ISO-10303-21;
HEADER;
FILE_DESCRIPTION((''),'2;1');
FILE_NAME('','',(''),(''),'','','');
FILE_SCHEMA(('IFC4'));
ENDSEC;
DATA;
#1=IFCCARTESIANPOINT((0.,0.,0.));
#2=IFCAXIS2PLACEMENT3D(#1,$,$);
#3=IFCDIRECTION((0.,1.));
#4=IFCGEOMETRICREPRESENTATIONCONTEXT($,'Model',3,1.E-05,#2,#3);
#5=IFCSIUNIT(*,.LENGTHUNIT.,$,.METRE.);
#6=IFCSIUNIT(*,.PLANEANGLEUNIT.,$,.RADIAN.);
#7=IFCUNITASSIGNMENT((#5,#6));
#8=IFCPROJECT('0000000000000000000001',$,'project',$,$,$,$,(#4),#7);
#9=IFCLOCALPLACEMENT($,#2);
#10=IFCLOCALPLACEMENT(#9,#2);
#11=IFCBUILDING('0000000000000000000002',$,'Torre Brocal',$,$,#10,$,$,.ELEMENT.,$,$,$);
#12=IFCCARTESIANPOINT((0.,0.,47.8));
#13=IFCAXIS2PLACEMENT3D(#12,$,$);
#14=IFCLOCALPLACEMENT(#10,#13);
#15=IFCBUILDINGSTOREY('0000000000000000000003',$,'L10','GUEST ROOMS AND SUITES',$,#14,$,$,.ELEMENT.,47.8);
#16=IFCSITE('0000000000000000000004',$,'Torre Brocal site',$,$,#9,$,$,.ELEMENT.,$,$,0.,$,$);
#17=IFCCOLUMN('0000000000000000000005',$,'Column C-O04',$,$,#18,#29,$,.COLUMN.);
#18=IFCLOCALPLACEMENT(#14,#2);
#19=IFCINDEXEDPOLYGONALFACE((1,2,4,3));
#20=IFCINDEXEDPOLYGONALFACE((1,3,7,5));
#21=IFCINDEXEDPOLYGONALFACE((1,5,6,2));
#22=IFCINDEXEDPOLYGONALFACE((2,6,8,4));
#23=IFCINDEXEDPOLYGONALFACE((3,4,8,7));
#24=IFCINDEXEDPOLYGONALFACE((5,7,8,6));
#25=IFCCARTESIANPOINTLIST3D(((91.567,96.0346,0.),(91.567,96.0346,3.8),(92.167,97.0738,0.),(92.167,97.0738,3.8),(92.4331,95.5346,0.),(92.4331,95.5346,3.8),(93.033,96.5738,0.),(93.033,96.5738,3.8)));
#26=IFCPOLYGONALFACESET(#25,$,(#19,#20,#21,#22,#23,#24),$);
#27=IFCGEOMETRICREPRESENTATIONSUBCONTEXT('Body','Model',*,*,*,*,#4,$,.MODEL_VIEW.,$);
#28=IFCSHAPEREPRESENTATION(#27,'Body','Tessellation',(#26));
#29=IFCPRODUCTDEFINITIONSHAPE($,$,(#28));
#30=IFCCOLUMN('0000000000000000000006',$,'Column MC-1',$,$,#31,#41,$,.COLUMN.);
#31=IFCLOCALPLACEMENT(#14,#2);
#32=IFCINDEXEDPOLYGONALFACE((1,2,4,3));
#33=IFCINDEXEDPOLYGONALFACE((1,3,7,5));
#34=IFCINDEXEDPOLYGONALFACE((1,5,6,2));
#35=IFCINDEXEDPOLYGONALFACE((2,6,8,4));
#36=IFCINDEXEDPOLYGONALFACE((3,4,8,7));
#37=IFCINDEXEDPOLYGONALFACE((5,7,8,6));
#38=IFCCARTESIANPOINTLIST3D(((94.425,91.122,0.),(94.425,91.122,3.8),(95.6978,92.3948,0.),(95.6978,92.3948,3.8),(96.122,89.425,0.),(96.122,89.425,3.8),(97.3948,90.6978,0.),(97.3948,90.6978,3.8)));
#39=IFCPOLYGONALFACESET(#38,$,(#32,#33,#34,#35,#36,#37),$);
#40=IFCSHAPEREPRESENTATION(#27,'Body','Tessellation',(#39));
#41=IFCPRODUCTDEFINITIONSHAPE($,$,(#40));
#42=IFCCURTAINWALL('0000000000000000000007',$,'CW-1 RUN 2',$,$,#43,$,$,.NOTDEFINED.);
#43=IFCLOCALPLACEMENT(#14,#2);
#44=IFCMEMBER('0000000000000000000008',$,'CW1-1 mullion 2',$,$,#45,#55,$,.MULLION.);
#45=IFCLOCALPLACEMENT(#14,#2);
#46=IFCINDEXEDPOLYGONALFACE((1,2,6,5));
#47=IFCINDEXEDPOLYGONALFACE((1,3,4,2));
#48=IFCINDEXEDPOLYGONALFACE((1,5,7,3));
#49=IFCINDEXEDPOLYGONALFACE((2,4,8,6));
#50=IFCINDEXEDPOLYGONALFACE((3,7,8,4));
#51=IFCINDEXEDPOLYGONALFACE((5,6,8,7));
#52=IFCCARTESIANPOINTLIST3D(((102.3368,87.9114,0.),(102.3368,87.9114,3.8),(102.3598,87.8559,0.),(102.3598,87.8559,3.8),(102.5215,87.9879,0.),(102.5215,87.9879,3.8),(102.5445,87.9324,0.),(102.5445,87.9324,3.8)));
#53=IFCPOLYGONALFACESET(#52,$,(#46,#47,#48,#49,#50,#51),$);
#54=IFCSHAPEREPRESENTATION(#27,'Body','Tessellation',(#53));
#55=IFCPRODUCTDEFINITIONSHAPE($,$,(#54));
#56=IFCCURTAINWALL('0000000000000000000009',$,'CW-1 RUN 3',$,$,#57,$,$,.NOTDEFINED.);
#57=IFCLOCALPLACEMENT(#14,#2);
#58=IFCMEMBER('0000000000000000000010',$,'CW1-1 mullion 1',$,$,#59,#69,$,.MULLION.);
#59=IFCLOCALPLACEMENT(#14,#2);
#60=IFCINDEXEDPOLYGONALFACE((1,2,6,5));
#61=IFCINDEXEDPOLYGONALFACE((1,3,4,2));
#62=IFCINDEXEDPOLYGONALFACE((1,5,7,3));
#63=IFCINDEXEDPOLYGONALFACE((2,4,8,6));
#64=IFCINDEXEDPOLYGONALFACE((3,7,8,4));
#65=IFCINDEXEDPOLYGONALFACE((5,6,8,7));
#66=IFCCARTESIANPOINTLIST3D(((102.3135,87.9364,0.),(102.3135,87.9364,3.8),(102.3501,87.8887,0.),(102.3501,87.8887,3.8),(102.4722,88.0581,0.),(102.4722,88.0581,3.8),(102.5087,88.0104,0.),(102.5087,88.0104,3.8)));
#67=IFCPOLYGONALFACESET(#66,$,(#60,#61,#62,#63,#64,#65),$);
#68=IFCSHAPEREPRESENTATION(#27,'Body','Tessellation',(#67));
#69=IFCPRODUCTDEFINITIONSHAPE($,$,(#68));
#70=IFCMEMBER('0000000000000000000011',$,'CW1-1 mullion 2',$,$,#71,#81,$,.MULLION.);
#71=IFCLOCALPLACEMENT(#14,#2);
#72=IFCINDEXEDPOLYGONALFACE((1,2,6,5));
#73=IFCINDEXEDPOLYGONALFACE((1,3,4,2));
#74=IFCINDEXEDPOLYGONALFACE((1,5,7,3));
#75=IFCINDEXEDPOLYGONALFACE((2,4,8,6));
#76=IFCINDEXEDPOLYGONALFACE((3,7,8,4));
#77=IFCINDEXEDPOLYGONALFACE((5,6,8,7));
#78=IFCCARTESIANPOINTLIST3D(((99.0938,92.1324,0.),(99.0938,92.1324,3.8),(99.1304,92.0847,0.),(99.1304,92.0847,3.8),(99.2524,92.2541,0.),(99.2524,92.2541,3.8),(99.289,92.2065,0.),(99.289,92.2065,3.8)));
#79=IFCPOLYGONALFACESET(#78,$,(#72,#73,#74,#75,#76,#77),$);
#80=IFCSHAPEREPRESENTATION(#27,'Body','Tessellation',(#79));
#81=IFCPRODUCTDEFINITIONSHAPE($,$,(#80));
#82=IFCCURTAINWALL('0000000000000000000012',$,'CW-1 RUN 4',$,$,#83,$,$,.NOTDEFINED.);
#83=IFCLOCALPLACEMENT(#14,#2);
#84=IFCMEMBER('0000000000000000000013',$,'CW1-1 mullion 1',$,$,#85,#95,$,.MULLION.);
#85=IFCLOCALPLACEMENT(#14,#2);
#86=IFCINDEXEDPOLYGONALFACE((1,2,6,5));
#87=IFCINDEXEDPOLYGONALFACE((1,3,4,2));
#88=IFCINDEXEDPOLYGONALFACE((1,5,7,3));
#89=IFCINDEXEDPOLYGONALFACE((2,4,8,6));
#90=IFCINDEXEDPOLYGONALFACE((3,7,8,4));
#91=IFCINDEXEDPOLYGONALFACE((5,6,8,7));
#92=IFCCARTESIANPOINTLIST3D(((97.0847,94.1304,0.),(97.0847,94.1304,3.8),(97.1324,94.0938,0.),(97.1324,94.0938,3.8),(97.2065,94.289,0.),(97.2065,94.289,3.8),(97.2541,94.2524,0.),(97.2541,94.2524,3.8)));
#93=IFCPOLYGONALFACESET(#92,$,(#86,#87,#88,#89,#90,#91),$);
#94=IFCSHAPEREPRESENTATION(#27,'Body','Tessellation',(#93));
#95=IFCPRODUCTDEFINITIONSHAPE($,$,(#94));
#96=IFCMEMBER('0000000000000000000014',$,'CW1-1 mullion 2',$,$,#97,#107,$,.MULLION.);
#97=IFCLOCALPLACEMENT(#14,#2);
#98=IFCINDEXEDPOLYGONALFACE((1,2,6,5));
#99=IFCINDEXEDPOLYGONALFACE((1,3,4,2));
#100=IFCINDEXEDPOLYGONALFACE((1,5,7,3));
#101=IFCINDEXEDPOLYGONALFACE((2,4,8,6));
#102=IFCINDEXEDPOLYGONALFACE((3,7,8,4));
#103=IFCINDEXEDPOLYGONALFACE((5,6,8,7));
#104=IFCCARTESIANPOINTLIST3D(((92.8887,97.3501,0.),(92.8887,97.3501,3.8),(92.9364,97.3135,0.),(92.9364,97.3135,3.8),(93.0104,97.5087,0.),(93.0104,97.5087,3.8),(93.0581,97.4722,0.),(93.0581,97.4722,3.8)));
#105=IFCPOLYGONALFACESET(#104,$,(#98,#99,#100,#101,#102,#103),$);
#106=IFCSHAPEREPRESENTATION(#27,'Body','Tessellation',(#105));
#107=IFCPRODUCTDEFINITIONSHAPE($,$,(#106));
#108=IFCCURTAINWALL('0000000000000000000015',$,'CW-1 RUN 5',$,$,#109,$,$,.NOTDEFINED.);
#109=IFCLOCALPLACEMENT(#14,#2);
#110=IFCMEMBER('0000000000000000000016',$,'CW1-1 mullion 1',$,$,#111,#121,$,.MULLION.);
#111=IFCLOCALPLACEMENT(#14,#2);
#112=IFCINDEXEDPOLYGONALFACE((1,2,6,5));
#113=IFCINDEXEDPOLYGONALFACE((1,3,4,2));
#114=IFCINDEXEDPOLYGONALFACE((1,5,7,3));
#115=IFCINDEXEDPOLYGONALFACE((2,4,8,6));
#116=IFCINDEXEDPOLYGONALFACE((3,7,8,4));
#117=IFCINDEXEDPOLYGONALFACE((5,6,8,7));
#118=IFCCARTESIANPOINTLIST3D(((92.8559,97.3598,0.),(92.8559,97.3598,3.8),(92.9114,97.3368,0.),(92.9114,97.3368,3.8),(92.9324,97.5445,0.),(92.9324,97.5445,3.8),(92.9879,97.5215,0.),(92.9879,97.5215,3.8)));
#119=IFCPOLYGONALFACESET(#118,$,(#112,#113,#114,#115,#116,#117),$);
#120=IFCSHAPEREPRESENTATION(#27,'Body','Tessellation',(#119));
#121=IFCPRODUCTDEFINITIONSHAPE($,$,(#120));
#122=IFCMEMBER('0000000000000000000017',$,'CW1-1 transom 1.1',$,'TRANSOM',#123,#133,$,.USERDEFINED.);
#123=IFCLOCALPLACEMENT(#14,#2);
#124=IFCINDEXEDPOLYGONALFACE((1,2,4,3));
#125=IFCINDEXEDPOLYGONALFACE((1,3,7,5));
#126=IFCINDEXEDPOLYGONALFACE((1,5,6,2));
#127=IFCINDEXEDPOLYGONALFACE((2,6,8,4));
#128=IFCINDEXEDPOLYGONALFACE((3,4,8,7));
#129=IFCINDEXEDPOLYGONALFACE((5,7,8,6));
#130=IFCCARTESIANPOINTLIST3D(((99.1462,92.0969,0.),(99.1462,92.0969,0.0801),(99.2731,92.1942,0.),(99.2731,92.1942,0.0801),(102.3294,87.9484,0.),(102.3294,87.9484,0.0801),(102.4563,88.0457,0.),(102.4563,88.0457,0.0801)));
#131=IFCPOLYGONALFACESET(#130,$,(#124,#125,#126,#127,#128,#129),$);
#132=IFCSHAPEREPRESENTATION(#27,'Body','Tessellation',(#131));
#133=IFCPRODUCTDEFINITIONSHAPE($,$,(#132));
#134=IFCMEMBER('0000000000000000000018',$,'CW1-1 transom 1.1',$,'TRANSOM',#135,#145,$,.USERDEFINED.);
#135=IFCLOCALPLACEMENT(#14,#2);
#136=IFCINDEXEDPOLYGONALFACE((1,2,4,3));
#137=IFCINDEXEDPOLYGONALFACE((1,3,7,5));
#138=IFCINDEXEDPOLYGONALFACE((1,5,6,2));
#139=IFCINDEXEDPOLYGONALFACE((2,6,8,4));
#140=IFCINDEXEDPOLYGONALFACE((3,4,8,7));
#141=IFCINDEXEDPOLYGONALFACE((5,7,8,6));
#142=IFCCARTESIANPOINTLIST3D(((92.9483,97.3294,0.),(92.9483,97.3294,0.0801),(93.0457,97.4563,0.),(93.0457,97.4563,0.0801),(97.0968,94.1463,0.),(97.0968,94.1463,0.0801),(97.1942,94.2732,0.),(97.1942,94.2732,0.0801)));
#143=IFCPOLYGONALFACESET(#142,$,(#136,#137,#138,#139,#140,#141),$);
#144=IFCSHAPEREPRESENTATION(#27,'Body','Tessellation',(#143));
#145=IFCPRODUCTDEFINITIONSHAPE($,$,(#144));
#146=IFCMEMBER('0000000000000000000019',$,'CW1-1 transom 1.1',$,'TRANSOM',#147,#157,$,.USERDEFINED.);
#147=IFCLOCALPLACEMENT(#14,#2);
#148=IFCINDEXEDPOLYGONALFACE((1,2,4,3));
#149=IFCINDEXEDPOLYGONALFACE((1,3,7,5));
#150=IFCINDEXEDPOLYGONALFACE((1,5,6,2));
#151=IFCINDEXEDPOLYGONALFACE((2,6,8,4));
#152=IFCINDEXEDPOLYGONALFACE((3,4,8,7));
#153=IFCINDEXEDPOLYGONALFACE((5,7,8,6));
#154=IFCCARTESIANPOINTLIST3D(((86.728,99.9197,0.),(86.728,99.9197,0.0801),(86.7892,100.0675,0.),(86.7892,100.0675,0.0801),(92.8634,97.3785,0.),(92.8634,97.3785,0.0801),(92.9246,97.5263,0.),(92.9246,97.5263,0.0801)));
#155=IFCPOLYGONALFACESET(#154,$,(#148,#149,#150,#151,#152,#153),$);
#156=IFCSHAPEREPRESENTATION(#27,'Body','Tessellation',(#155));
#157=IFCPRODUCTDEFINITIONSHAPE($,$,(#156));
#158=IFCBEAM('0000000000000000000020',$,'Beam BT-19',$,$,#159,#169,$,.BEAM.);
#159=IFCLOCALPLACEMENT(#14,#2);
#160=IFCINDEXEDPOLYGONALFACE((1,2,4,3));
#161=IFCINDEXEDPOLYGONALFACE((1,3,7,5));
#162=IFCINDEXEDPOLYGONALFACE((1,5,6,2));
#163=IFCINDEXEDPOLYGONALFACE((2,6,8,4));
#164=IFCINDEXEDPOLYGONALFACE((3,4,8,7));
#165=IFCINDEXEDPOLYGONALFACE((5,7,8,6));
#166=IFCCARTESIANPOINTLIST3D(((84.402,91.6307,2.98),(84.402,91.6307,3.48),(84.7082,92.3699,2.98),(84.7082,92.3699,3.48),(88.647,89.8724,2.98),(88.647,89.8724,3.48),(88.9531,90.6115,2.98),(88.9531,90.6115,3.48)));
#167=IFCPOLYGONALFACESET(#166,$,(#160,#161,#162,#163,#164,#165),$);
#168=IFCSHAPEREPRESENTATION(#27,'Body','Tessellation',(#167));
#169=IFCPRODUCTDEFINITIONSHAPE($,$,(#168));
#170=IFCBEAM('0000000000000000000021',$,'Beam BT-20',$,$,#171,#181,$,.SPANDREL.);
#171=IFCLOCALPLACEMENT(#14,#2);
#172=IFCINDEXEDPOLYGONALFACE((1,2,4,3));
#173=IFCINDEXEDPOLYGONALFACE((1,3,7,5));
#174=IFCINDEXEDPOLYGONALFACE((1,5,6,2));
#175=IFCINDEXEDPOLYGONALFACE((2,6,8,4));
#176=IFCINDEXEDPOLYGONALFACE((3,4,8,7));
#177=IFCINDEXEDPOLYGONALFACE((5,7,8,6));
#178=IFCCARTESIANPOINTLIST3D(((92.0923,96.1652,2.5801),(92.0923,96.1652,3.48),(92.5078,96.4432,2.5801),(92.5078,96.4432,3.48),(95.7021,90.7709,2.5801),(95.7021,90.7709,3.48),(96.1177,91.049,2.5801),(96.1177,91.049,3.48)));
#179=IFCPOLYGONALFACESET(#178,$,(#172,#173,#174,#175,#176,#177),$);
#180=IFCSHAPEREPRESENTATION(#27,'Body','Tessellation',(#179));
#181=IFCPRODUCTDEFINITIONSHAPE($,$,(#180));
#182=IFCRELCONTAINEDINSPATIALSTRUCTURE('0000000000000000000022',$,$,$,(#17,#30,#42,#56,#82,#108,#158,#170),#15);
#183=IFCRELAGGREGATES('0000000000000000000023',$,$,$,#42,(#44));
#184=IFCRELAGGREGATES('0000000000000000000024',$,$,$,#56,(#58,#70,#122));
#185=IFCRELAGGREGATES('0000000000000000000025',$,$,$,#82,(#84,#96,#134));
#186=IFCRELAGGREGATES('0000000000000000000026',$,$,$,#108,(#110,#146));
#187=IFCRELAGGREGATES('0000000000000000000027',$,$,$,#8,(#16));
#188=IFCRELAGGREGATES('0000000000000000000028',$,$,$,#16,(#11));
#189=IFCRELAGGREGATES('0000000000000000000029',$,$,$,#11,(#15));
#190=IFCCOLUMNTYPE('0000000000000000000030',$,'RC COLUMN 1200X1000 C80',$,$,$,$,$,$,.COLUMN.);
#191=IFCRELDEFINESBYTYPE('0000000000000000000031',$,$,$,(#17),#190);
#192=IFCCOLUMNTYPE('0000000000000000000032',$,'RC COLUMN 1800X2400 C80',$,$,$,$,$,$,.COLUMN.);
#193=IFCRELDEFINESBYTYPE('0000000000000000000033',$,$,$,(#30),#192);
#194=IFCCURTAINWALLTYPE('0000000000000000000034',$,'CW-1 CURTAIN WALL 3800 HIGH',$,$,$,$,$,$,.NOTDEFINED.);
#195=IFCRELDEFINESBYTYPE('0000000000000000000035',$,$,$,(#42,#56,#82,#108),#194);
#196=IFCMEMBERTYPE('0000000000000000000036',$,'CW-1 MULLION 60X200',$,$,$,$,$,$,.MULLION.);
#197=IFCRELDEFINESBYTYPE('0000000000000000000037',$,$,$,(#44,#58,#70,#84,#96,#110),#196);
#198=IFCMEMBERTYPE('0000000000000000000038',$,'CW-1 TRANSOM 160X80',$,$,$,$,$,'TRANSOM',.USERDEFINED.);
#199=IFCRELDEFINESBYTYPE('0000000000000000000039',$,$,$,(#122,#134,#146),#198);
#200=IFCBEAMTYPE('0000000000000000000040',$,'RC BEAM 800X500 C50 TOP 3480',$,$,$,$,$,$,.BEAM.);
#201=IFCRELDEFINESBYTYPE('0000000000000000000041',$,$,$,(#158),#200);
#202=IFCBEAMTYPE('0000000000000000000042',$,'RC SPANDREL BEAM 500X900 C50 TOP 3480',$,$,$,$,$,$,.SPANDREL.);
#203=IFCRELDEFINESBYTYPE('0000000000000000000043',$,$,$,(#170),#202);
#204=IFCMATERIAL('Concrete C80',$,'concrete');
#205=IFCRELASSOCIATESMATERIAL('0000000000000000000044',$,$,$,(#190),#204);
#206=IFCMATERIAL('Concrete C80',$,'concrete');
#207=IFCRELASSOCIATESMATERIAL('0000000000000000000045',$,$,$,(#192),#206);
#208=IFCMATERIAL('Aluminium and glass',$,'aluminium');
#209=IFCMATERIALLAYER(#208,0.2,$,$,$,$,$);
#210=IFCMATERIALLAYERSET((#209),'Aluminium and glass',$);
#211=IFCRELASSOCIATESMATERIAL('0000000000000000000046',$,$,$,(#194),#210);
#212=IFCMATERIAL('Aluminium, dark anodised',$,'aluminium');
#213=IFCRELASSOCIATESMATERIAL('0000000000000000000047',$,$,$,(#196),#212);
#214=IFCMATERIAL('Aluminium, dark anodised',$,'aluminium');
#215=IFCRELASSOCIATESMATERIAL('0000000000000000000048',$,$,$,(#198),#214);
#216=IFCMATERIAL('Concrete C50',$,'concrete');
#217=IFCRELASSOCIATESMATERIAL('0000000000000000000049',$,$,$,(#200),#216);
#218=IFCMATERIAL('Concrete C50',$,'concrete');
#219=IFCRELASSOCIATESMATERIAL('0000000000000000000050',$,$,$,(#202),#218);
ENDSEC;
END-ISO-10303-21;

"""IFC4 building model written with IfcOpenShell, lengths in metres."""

from ifc_helpers import new_model, si_unit, direction, frame, origin, origin_2d, place, context, subcontext, project, spatial, rectangle, extrude, material, layer, layer_set, material_profile, profile_set, type_object, element, aggregate, save


model = new_model("IFC4")

# Units and contexts
model_context = context("Model", 3, precision=1e-05, world=origin(), true_north=direction((0.0, 1.0)))
body_context = subcontext(model_context, "Body", "Model", "MODEL_VIEW")
ifc_project = project(units=[si_unit("LENGTHUNIT", "METRE"), si_unit("PLANEANGLEUNIT", "RADIAN")], contexts=[model_context])

# Site, building, storey
site_placement = place(None, origin())
site = spatial("IfcSite", under=ifc_project, at=site_placement, Name="Torre Brocal site", CompositionType="ELEMENT", RefElevation=0.0)
building_placement = place(site_placement, origin())
building = spatial("IfcBuilding", under=site, at=building_placement, Name="Torre Brocal", CompositionType="ELEMENT")
storey_placement = place(building_placement, frame((0.0, 0.0, 47.8)))
storey = spatial("IfcBuildingStorey", under=building, at=storey_placement, Name="L10", Description="GUEST ROOMS AND SUITES", CompositionType="ELEMENT", Elevation=47.8)

# Columns
ifc_material_1 = material(Name="Concrete C80", Category="concrete")
ifc_material_profile_1 = material_profile(ifc_material_1, rectangle(XDim=1.2, YDim=1.0, at=origin_2d()), Name="RC 1200X1000")
ifc_profile_set_1 = profile_set([ifc_material_profile_1], Name="Concrete C80")
column_type_1 = type_object("IfcColumnType", Name="RC COLUMN 1200X1000 C80", PredefinedType="COLUMN", material=ifc_profile_set_1)
column_1_placement = place(storey_placement, frame((92.3, 96.3042, 0.0), z_axis=(0.0, 0.0, 1.0), x_axis=(0.5, 0.866025, 0.0)))
element("IfcColumn", 1, at=column_1_placement, inside=storey, type_object=column_type_1, Name="Column C-O04", PredefinedType="COLUMN", context=body_context, shape_type="SweptSolid", body=[
    extrude(rectangle(XDim=1.2, YDim=1.0, at=origin_2d()), origin(), (0.0, 0.0, 1.0), 3.8),
])
ifc_material_2 = material(Name="Concrete C80", Category="concrete")
ifc_material_profile_2 = material_profile(ifc_material_2, rectangle(XDim=1.8, YDim=2.3999, at=origin_2d()), Name="RC 1800X2400")
ifc_profile_set_2 = profile_set([ifc_material_profile_2], Name="Concrete C80")
column_type_2 = type_object("IfcColumnType", Name="RC COLUMN 1800X2400 C80", PredefinedType="COLUMN", material=ifc_profile_set_2)
column_2_placement = place(storey_placement, frame((95.9099, 90.9099, 0.0), z_axis=(0.0, 0.0, 1.0), x_axis=(0.707107, 0.707107, 0.0)))
element("IfcColumn", 2, at=column_2_placement, inside=storey, type_object=column_type_2, Name="Column MC-1", PredefinedType="COLUMN", context=body_context, shape_type="SweptSolid", body=[
    extrude(rectangle(XDim=1.8, YDim=2.3999, at=origin_2d()), origin(), (0.0, 0.0, 1.0), 3.8),
])

# Curtain wall, member
ifc_material_3 = material(Name="Aluminium and glass", Category="aluminium")
ifc_layer_1 = layer(ifc_material_3, 0.2)
ifc_layer_set_1 = layer_set([ifc_layer_1], Name="Aluminium and glass")
curtain_wall_type = type_object("IfcCurtainWallType", Name="CW-1 CURTAIN WALL 3800 HIGH", PredefinedType="NOTDEFINED", material=ifc_layer_set_1)
curtain_wall_1_placement = place(storey_placement, origin())
curtain_wall_1 = element("IfcCurtainWall", 3, at=curtain_wall_1_placement, inside=storey, type_object=curtain_wall_type, Name="CW-1 RUN 2", PredefinedType="NOTDEFINED")
ifc_material_4 = material(Name="Aluminium, dark anodised", Category="aluminium")
ifc_material_profile_3 = material_profile(ifc_material_4, rectangle(XDim=0.2, YDim=0.0601, at=origin_2d()), Name="CW-1 MULLION 60X200")
ifc_profile_set_3 = profile_set([ifc_material_profile_3], Name="Aluminium, dark anodised")
member_type_1 = type_object("IfcMemberType", Name="CW-1 MULLION 60X200", PredefinedType="MULLION", material=ifc_profile_set_3)
member_1_placement = place(storey_placement, frame((102.4407, 87.9219, 0.0), z_axis=(0.0, 0.0, 1.0), x_axis=(-0.92388, -0.382683, 0.0)))
member_1 = element("IfcMember", 4, at=member_1_placement, type_object=member_type_1, Name="CW1-1 mullion 2", PredefinedType="MULLION", context=body_context, shape_type="SweptSolid", body=[
    extrude(rectangle(XDim=0.2, YDim=0.0601, at=origin_2d()), origin(), (0.0, 0.0, 1.0), 3.8),
])
aggregate(curtain_wall_1, [member_1])

# Curtain walls, members
curtain_wall_2_placement = place(storey_placement, origin())
curtain_wall_2 = element("IfcCurtainWall", 5, at=curtain_wall_2_placement, inside=storey, type_object=curtain_wall_type, Name="CW-1 RUN 3", PredefinedType="NOTDEFINED")
member_2_placement = place(storey_placement, frame((102.4111, 87.9734, 0.0), z_axis=(0.0, 0.0, 1.0), x_axis=(-0.793353, -0.608761, 0.0)))
member_2 = element("IfcMember", 6, at=member_2_placement, type_object=member_type_1, Name="CW1-1 mullion 1", PredefinedType="MULLION", context=body_context, shape_type="SweptSolid", body=[
    extrude(rectangle(XDim=0.2, YDim=0.0601, at=origin_2d()), origin(), (0.0, 0.0, 1.0), 3.8),
])
member_3_placement = place(storey_placement, frame((99.1914, 92.1694, 0.0), z_axis=(0.0, 0.0, 1.0), x_axis=(-0.793353, -0.608761, 0.0)))
member_3 = element("IfcMember", 7, at=member_3_placement, type_object=member_type_1, Name="CW1-1 mullion 2", PredefinedType="MULLION", context=body_context, shape_type="SweptSolid", body=[
    extrude(rectangle(XDim=0.2, YDim=0.0601, at=origin_2d()), origin(), (0.0, 0.0, 1.0), 3.8),
])
curtain_wall_3_placement = place(storey_placement, origin())
curtain_wall_3 = element("IfcCurtainWall", 8, at=curtain_wall_3_placement, inside=storey, type_object=curtain_wall_type, Name="CW-1 RUN 4", PredefinedType="NOTDEFINED")
member_4_placement = place(storey_placement, frame((97.1694, 94.1914, 0.0), z_axis=(0.0, 0.0, 1.0), x_axis=(-0.608761, -0.793353, 0.0)))
member_4 = element("IfcMember", 9, at=member_4_placement, type_object=member_type_1, Name="CW1-1 mullion 1", PredefinedType="MULLION", context=body_context, shape_type="SweptSolid", body=[
    extrude(rectangle(XDim=0.2, YDim=0.0601, at=origin_2d()), origin(), (0.0, 0.0, 1.0), 3.8),
])
member_5_placement = place(storey_placement, frame((92.9734, 97.4111, 0.0), z_axis=(0.0, 0.0, 1.0), x_axis=(-0.608761, -0.793353, 0.0)))
member_5 = element("IfcMember", 10, at=member_5_placement, type_object=member_type_1, Name="CW1-1 mullion 2", PredefinedType="MULLION", context=body_context, shape_type="SweptSolid", body=[
    extrude(rectangle(XDim=0.2, YDim=0.0601, at=origin_2d()), origin(), (0.0, 0.0, 1.0), 3.8),
])

# Curtain wall, member
curtain_wall_4_placement = place(storey_placement, origin())
curtain_wall_4 = element("IfcCurtainWall", 11, at=curtain_wall_4_placement, inside=storey, type_object=curtain_wall_type, Name="CW-1 RUN 5", PredefinedType="NOTDEFINED")
member_6_placement = place(storey_placement, frame((92.9219, 97.4407, 0.0), z_axis=(0.0, 0.0, 1.0), x_axis=(-0.382683, -0.92388, 0.0)))
member_6 = element("IfcMember", 12, at=member_6_placement, type_object=member_type_1, Name="CW1-1 mullion 1", PredefinedType="MULLION", context=body_context, shape_type="SweptSolid", body=[
    extrude(rectangle(XDim=0.2, YDim=0.0601, at=origin_2d()), origin(), (0.0, 0.0, 1.0), 3.8),
])

# Members
ifc_material_5 = material(Name="Aluminium, dark anodised", Category="aluminium")
ifc_material_profile_4 = material_profile(ifc_material_5, rectangle(XDim=0.1599, YDim=0.0801, at=origin_2d()), Name="CW-1 TRANSOM 160X80")
ifc_profile_set_4 = profile_set([ifc_material_profile_4], Name="Aluminium, dark anodised")
member_type_2 = type_object("IfcMemberType", Name="CW-1 TRANSOM 160X80", ElementType="TRANSOM", PredefinedType="USERDEFINED", material=ifc_profile_set_4)
member_7_placement = place(storey_placement, frame((102.3928, 87.9971, 0.04), z_axis=(-0.608749, 0.793363, 0.0), x_axis=(-0.793363, -0.608749, 0.0)))
member_7 = element("IfcMember", 13, at=member_7_placement, type_object=member_type_2, Name="CW1-1 transom 1.1", ObjectType="TRANSOM", PredefinedType="USERDEFINED", context=body_context, shape_type="SweptSolid", body=[
    extrude(rectangle(XDim=0.1599, YDim=0.0801, at=origin_2d()), origin(), (0.0, 0.0, 1.0), 5.229),
])
member_8_placement = place(storey_placement, frame((97.1455, 94.2097, 0.04), z_axis=(-0.793363, 0.608749, 0.0), x_axis=(-0.608749, -0.793363, 0.0)))
member_8 = element("IfcMember", 14, at=member_8_placement, type_object=member_type_2, Name="CW1-1 transom 1.1", ObjectType="TRANSOM", PredefinedType="USERDEFINED", context=body_context, shape_type="SweptSolid", body=[
    extrude(rectangle(XDim=0.1599, YDim=0.0801, at=origin_2d()), origin(), (0.0, 0.0, 1.0), 5.229),
])
member_9_placement = place(storey_placement, frame((92.894, 97.4524, 0.04), z_axis=(-0.923887, 0.382665, 0.0), x_axis=(-0.382665, -0.923887, 0.0)))
member_9 = element("IfcMember", 15, at=member_9_placement, type_object=member_type_2, Name="CW1-1 transom 1.1", ObjectType="TRANSOM", PredefinedType="USERDEFINED", context=body_context, shape_type="SweptSolid", body=[
    extrude(rectangle(XDim=0.1599, YDim=0.0801, at=origin_2d()), origin(), (0.0, 0.0, 1.0), 6.6409),
])

# Beams
ifc_material_6 = material(Name="Concrete C50", Category="concrete")
ifc_material_profile_5 = material_profile(ifc_material_6, rectangle(XDim=0.8, YDim=0.5, at=origin_2d()), Name="RC 800X500")
ifc_profile_set_5 = profile_set([ifc_material_profile_5], Name="Concrete C50")
beam_type_1 = type_object("IfcBeamType", Name="RC BEAM 800X500 C50 TOP 3480", PredefinedType="BEAM", material=ifc_profile_set_5)
beam_1_placement = place(storey_placement, frame((88.8, 90.2419, 3.23), z_axis=(-0.923878, 0.382687, 0.0), x_axis=(-0.382687, -0.923878, 0.0)))
element("IfcBeam", 16, at=beam_1_placement, inside=storey, type_object=beam_type_1, Name="Beam BT-19", PredefinedType="BEAM", context=body_context, shape_type="SweptSolid", body=[
    extrude(rectangle(XDim=0.8, YDim=0.5, at=origin_2d()), origin(), (0.0, 0.0, 1.0), 4.5947),
])
ifc_material_7 = material(Name="Concrete C50", Category="concrete")
ifc_material_profile_6 = material_profile(ifc_material_7, rectangle(XDim=0.5, YDim=0.8999, at=origin_2d()), Name="RC 500X900")
ifc_profile_set_6 = profile_set([ifc_material_profile_6], Name="Concrete C50")
beam_type_2 = type_object("IfcBeamType", Name="RC SPANDREL BEAM 500X900 C50 TOP 3480", PredefinedType="SPANDREL", material=ifc_profile_set_6)
beam_2_placement = place(storey_placement, frame((95.9099, 90.9099, 3.03), z_axis=(-0.556158, 0.831077, 0.0), x_axis=(-0.831077, -0.556158, 0.0)))
element("IfcBeam", 17, at=beam_2_placement, inside=storey, type_object=beam_type_2, Name="Beam BT-20", PredefinedType="SPANDREL", context=body_context, shape_type="SweptSolid", body=[
    extrude(rectangle(XDim=0.5, YDim=0.8999, at=origin_2d()), origin(), (0.0, 0.0, 1.0), 6.4907),
])

aggregate(curtain_wall_2, [member_2, member_3, member_7])
aggregate(curtain_wall_3, [member_4, member_5, member_8])
aggregate(curtain_wall_4, [member_6, member_9])

save(model, "model.ifc")
